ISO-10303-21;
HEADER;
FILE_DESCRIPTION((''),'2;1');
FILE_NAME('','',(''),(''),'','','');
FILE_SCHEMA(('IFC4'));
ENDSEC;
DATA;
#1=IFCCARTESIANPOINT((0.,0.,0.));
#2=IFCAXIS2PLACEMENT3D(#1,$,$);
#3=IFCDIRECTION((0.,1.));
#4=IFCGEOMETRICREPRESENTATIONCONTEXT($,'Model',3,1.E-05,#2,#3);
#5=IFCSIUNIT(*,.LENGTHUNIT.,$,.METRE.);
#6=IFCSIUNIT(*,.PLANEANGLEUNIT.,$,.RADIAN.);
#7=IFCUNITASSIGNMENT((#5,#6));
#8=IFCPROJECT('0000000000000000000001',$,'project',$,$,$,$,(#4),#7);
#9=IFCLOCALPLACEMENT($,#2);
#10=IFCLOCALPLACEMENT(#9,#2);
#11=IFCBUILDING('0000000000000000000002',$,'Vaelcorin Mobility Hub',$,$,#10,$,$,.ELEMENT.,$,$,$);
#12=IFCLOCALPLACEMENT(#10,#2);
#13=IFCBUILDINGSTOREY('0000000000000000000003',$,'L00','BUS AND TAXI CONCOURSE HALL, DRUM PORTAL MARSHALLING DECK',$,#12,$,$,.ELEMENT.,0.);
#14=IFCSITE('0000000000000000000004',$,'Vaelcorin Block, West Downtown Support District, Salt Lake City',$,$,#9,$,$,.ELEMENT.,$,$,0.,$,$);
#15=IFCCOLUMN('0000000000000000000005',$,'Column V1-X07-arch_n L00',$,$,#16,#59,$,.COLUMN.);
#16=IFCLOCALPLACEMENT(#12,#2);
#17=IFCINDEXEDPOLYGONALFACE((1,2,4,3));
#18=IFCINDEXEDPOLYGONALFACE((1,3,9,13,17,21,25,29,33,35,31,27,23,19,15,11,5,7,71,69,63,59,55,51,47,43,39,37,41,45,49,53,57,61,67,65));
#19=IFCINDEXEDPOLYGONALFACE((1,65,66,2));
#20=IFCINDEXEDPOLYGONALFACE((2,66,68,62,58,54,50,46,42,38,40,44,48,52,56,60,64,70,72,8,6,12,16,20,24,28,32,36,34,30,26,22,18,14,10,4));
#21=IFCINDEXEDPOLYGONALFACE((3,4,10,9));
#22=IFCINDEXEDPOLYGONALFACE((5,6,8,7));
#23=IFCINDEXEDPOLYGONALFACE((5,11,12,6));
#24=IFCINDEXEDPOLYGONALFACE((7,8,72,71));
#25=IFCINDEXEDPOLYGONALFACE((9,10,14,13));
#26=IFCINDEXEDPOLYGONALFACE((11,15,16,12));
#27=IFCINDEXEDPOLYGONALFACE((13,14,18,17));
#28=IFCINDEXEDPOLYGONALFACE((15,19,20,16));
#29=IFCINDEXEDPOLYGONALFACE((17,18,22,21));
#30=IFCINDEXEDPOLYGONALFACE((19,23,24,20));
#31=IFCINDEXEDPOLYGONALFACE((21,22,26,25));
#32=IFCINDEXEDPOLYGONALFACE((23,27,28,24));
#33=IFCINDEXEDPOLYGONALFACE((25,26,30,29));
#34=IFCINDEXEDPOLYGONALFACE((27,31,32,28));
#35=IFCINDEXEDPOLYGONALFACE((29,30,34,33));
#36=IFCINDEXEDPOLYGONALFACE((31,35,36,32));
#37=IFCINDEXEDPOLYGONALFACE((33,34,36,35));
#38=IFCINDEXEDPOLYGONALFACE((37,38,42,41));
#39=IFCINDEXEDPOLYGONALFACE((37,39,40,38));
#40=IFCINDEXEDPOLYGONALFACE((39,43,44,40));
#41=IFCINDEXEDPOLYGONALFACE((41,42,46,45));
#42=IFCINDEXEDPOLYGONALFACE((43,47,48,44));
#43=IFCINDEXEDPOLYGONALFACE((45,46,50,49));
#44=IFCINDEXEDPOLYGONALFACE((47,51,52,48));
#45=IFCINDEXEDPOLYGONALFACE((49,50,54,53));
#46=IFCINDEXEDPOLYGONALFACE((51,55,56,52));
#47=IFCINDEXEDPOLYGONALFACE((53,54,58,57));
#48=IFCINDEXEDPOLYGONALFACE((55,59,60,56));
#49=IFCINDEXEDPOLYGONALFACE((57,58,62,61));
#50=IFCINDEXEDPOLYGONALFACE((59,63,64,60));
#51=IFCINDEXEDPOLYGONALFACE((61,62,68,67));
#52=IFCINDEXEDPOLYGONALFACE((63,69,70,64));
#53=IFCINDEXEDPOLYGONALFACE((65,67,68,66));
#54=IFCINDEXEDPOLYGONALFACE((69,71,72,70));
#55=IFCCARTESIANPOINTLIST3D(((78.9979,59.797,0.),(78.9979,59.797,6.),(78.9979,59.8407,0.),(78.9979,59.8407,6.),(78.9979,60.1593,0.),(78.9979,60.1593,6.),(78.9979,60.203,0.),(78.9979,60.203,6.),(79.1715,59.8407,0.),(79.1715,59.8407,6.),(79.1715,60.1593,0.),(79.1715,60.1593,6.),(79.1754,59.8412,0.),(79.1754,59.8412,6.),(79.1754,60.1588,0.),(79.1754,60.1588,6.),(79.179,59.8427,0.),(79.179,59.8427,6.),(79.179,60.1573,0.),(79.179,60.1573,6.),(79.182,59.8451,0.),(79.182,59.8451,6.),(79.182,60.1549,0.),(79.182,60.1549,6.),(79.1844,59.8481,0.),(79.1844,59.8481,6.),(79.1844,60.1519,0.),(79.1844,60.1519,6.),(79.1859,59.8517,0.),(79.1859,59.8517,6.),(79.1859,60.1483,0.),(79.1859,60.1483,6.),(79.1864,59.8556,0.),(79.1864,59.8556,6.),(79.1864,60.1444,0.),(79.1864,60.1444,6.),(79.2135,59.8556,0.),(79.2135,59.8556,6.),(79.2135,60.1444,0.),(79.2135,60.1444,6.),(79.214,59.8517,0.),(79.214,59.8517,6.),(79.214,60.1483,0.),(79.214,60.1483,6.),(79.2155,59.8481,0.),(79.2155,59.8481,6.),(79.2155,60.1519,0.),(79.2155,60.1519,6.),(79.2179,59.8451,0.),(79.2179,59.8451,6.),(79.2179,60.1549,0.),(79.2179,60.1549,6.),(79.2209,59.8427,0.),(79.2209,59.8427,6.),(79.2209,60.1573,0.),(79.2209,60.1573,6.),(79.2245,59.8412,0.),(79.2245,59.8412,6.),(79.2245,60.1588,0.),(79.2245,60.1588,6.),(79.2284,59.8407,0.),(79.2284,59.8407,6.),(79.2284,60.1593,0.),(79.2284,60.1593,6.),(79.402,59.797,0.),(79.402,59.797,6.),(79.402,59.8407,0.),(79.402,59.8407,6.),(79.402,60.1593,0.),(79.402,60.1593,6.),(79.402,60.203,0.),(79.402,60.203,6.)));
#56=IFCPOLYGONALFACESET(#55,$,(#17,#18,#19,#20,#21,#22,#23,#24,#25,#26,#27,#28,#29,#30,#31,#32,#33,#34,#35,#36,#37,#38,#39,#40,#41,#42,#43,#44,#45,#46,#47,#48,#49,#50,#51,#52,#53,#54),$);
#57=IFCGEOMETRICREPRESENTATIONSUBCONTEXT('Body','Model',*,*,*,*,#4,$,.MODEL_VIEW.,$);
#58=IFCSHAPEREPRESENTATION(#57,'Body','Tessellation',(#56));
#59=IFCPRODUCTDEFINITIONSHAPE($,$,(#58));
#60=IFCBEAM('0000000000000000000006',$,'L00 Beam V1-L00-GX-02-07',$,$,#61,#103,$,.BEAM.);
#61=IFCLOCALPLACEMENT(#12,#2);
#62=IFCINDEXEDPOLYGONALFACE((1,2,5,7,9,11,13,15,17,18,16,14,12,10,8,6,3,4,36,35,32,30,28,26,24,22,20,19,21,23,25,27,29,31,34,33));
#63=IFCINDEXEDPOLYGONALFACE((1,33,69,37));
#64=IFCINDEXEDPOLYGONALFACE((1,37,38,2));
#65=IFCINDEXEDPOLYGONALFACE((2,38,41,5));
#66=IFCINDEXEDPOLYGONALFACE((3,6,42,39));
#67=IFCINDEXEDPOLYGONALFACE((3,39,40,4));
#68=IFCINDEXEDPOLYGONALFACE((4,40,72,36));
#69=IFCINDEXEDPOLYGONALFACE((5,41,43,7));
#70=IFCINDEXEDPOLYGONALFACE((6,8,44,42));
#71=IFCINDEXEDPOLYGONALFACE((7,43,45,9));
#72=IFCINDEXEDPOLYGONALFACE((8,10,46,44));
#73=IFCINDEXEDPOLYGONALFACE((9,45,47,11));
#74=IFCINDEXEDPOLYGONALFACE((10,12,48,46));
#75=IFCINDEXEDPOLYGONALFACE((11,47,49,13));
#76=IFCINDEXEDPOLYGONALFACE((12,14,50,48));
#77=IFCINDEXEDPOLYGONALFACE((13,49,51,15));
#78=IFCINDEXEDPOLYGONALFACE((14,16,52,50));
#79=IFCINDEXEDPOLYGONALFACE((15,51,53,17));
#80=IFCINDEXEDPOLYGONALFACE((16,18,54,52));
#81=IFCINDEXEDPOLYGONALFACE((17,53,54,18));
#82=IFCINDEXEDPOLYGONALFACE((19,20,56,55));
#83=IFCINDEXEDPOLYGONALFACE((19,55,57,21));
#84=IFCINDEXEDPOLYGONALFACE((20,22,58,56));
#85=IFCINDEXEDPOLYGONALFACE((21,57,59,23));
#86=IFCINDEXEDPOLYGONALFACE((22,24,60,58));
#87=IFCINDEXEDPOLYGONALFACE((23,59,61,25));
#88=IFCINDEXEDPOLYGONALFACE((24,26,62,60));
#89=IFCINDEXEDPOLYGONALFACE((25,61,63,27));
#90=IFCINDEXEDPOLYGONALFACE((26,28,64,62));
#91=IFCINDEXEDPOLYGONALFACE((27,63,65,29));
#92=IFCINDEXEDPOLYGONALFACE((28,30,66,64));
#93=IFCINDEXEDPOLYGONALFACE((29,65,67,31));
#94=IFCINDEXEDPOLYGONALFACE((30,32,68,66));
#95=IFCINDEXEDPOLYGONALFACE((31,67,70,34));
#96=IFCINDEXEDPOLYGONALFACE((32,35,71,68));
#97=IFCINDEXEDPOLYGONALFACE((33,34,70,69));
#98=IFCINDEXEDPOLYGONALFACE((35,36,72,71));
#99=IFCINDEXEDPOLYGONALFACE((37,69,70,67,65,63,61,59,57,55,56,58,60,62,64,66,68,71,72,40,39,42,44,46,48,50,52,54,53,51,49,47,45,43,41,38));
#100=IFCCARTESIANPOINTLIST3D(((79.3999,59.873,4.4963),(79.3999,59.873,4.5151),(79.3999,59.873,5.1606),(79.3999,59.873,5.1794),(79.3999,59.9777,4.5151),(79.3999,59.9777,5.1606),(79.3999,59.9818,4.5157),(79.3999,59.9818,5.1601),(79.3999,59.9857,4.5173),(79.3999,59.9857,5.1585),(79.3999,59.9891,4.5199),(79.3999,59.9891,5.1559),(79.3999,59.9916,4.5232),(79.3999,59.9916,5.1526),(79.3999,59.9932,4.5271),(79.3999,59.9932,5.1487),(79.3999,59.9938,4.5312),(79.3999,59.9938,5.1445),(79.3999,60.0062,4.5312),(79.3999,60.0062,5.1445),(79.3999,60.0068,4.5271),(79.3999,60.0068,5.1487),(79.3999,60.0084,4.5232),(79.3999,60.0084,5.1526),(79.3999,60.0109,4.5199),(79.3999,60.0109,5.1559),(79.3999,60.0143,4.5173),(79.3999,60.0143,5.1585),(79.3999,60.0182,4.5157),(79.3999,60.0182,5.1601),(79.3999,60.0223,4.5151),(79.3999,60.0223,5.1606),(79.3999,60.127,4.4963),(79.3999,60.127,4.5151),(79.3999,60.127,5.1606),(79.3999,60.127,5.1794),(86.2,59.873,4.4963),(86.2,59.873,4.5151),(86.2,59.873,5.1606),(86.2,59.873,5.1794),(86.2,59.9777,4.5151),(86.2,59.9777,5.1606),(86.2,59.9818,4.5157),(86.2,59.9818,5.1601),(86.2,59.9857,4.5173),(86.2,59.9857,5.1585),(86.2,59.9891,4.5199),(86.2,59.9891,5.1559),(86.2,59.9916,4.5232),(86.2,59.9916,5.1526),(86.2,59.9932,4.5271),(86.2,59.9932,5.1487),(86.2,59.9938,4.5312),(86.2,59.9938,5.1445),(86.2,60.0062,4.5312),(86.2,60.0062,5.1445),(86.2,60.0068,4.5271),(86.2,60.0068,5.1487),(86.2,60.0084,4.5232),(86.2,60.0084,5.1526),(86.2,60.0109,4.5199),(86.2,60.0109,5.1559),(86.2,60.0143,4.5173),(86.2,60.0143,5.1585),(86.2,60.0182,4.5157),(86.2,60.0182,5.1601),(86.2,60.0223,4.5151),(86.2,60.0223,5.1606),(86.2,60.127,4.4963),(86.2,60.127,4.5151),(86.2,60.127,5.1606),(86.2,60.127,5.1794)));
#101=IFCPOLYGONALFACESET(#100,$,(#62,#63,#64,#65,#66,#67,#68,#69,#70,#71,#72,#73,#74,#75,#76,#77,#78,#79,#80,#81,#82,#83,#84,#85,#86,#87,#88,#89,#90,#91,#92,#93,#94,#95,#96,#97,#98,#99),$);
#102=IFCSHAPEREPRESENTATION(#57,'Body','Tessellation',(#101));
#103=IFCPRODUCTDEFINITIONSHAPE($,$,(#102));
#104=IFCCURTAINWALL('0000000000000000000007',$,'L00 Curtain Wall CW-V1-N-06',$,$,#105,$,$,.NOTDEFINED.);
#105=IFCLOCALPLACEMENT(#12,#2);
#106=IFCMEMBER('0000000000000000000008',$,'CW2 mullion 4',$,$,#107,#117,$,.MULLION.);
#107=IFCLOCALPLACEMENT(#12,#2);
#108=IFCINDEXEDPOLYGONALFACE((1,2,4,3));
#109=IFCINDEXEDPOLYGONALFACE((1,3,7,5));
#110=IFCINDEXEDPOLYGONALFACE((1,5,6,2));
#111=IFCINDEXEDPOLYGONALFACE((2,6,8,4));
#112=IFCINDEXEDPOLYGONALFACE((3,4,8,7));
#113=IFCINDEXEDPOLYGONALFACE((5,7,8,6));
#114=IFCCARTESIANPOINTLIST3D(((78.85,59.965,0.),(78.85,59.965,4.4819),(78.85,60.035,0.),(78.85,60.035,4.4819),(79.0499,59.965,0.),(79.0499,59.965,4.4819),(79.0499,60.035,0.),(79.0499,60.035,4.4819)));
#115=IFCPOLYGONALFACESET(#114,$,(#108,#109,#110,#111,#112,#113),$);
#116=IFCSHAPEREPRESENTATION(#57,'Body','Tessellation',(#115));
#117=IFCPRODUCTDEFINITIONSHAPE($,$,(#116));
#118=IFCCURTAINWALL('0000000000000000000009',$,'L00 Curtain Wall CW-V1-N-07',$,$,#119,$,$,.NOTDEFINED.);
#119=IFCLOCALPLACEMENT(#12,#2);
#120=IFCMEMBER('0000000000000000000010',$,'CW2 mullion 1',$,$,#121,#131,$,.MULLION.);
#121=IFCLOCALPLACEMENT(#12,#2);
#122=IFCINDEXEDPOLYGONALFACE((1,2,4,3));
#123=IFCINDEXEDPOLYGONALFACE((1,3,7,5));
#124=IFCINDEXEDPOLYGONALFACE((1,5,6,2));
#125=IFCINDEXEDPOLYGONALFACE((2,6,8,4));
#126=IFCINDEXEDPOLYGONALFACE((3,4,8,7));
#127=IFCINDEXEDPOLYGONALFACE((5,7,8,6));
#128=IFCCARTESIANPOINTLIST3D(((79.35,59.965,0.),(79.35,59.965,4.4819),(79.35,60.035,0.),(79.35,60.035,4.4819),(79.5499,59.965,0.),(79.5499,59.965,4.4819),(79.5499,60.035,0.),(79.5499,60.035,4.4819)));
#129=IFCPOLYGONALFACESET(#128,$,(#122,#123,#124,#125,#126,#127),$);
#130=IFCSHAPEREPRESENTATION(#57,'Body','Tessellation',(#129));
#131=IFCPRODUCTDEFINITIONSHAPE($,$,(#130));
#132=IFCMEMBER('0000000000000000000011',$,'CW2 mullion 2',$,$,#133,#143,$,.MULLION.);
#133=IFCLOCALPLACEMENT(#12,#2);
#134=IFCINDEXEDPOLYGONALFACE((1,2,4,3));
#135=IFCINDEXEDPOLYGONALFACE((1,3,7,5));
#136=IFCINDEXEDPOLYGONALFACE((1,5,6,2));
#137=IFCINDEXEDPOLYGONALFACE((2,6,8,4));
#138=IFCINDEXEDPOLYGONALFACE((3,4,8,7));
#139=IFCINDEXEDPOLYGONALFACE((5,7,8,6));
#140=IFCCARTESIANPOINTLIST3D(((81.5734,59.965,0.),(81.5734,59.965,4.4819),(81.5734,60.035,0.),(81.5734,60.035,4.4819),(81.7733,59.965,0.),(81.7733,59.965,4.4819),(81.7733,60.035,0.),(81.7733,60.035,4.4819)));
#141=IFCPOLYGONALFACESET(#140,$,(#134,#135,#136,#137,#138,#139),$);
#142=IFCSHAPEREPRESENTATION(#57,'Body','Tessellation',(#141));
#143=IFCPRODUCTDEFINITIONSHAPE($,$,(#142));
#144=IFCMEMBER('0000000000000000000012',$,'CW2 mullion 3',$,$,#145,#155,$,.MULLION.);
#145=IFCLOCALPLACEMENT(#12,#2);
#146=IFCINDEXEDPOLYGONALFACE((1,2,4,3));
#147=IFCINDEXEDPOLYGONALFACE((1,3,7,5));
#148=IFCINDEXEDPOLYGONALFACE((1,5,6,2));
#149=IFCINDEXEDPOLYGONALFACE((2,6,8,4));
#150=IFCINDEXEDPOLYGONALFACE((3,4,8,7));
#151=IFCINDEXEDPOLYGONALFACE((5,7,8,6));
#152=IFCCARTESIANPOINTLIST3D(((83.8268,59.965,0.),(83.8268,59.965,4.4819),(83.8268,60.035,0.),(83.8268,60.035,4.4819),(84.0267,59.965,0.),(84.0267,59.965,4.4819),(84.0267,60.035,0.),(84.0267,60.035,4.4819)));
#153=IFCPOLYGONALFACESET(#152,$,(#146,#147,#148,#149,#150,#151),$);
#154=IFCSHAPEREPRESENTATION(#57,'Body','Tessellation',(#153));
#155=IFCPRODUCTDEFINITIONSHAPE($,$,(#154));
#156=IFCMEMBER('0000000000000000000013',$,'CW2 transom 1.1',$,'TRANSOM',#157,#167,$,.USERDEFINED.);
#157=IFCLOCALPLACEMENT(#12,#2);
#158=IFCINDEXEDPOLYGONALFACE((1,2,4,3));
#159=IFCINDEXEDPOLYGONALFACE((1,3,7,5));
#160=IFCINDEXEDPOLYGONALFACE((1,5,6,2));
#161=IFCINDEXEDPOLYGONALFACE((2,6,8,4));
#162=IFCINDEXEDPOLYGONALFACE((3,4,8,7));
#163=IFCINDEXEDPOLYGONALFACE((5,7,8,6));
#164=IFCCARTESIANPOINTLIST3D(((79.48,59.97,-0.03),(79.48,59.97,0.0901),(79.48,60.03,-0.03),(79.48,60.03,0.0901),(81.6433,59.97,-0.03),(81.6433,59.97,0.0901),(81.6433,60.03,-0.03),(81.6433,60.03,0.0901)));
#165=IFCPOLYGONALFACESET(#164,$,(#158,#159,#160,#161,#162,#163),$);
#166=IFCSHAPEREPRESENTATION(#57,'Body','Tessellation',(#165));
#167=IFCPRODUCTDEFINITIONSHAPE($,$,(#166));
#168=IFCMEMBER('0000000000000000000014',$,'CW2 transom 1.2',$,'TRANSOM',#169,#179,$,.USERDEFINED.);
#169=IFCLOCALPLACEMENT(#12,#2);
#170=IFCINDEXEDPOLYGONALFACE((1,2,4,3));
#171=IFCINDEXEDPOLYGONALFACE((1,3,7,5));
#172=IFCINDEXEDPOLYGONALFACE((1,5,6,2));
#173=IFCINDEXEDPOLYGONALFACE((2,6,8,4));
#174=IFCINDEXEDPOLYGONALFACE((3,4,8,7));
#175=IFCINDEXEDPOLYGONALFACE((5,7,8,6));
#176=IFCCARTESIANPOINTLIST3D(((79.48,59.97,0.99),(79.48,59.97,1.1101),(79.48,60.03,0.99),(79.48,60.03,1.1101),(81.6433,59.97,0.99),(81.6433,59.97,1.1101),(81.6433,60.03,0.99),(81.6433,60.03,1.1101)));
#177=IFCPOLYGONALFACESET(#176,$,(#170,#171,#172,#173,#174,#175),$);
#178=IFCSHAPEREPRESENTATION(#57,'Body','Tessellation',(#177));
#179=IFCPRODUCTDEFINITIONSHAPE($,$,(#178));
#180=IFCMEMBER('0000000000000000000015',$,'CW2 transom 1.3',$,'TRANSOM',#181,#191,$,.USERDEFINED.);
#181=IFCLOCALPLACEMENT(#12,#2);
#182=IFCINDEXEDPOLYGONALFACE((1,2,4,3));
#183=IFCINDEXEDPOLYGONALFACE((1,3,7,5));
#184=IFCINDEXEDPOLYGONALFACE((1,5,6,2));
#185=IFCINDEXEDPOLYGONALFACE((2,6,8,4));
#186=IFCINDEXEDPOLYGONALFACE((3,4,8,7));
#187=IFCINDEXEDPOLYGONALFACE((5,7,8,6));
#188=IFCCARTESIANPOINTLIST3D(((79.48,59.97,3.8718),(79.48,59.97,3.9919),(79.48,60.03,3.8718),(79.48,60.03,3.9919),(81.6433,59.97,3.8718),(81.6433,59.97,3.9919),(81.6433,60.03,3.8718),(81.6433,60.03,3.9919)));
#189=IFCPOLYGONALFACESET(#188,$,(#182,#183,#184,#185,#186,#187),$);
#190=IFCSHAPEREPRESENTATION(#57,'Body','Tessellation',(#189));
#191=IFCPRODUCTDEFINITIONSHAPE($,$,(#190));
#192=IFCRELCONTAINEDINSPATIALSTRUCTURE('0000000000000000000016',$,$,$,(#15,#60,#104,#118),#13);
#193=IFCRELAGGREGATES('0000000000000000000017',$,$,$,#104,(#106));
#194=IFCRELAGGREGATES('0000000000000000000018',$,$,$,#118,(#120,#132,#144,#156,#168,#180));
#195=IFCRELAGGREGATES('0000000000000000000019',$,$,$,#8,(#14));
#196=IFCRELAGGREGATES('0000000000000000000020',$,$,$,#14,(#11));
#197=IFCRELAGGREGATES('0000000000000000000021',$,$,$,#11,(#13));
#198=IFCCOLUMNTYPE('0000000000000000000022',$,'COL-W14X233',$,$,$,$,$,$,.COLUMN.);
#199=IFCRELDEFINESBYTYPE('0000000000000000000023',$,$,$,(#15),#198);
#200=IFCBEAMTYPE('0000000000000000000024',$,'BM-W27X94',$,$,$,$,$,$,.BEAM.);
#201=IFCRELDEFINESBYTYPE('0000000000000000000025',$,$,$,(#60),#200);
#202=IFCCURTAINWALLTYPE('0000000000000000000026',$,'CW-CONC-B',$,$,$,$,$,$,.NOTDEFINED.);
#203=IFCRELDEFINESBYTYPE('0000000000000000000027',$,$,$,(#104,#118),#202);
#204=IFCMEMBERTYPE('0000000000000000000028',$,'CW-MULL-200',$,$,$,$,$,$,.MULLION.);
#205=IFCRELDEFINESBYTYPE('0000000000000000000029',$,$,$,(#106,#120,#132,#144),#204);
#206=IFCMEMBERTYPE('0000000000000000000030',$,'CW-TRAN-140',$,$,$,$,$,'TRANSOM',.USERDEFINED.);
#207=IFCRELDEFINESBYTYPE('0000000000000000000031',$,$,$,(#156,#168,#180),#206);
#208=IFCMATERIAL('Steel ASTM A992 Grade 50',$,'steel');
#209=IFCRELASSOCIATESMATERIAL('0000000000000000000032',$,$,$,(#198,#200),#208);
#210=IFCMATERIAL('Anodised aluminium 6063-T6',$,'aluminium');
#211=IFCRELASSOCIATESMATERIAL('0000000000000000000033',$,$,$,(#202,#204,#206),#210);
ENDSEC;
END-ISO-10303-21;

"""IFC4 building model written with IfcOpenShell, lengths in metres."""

from ifc_helpers import new_model, si_unit, direction, frame, origin, origin_2d, place, context, subcontext, project, spatial, rectangle, i_section, extrude, material, material_profile, profile_set, type_object, element, aggregate, save


model = new_model("IFC4")

# Units and contexts
model_context = context("Model", 3, precision=1e-05, world=origin(), true_north=direction((0.0, 1.0)))
body_context = subcontext(model_context, "Body", "Model", "MODEL_VIEW")
ifc_project = project(units=[si_unit("LENGTHUNIT", "METRE"), si_unit("PLANEANGLEUNIT", "RADIAN")], contexts=[model_context])

# Site, building, storey
site_placement = place(None, origin())
site = spatial("IfcSite", under=ifc_project, at=site_placement, Name="Vaelcorin Block, West Downtown Support District, Salt Lake City", CompositionType="ELEMENT", RefElevation=0.0)
building_placement = place(site_placement, origin())
building = spatial("IfcBuilding", under=site, at=building_placement, Name="Vaelcorin Mobility Hub", CompositionType="ELEMENT")
storey_placement = place(building_placement, origin())
storey = spatial("IfcBuildingStorey", under=building, at=storey_placement, Name="L00", Description="BUS AND TAXI CONCOURSE HALL, DRUM PORTAL MARSHALLING DECK", CompositionType="ELEMENT", Elevation=0.0)

# Column
ifc_material_1 = material(Name="Steel ASTM A992 Grade 50", Category="steel")
ifc_material_profile_1 = material_profile(ifc_material_1, i_section(OverallWidth=0.4041, OverallDepth=0.406, WebThickness=0.0271, FlangeThickness=0.0437, FilletRadius=0.0149, at=origin_2d()), Name="W14X233")
ifc_profile_set_1 = profile_set([ifc_material_profile_1], Name="Steel ASTM A992 Grade 50")
column_type = type_object("IfcColumnType", Name="COL-W14X233", PredefinedType="COLUMN", material=ifc_profile_set_1)
column_placement = place(storey_placement, frame((79.2, 60.0, 0.0), z_axis=(0.0, 0.0, 1.0), x_axis=(1.0, 0.0, 0.0)))
element("IfcColumn", 1, at=column_placement, inside=storey, type_object=column_type, Name="Column V1-X07-arch_n L00", PredefinedType="COLUMN", context=body_context, shape_type="SweptSolid", body=[
    extrude(i_section(OverallWidth=0.4041, OverallDepth=0.406, WebThickness=0.0271, FlangeThickness=0.0437, FilletRadius=0.0149, at=origin_2d()), origin(), (0.0, 0.0, 1.0), 6.0),
])

# Beam
ifc_material_profile_2 = material_profile(ifc_material_1, i_section(OverallWidth=0.2539, OverallDepth=0.6831, WebThickness=0.0125, FlangeThickness=0.0188, FilletRadius=0.0161, at=origin_2d()), Name="W27X94")
ifc_profile_set_2 = profile_set([ifc_material_profile_2], Name="Steel ASTM A992 Grade 50")
beam_type = type_object("IfcBeamType", Name="BM-W27X94", PredefinedType="BEAM", material=ifc_profile_set_2)
beam_placement = place(storey_placement, frame((79.3999, 60.0, 4.8379), z_axis=(1.0, 0.0, 0.0), x_axis=(0.0, 1.0, 0.0)))
element("IfcBeam", 2, at=beam_placement, inside=storey, type_object=beam_type, Name="L00 Beam V1-L00-GX-02-07", PredefinedType="BEAM", context=body_context, shape_type="SweptSolid", body=[
    extrude(i_section(OverallWidth=0.2539, OverallDepth=0.6831, WebThickness=0.0125, FlangeThickness=0.0188, FilletRadius=0.0161, at=origin_2d()), origin(), (0.0, 0.0, 1.0), 6.8),
])

# Curtain wall, member
ifc_material_2 = material(Name="Anodised aluminium 6063-T6", Category="aluminium")
curtain_wall_type = type_object("IfcCurtainWallType", Name="CW-CONC-B", PredefinedType="NOTDEFINED", material=ifc_material_2)
curtain_wall_1_placement = place(storey_placement, origin())
curtain_wall_1 = element("IfcCurtainWall", 3, at=curtain_wall_1_placement, inside=storey, type_object=curtain_wall_type, Name="L00 Curtain Wall CW-V1-N-06", PredefinedType="NOTDEFINED")
ifc_material_profile_3 = material_profile(ifc_material_2, rectangle(XDim=0.0701, YDim=0.2, at=origin_2d()), Name="ALU-M70X200")
ifc_profile_set_3 = profile_set([ifc_material_profile_3], Name="Anodised aluminium 6063-T6")
member_type_1 = type_object("IfcMemberType", Name="CW-MULL-200", PredefinedType="MULLION", material=ifc_profile_set_3)
member_1_placement = place(storey_placement, frame((78.95, 60.0, 0.0), z_axis=(0.0, 0.0, 1.0), x_axis=(0.0, 1.0, 0.0)))
member_1 = element("IfcMember", 4, at=member_1_placement, type_object=member_type_1, Name="CW2 mullion 4", PredefinedType="MULLION", context=body_context, shape_type="SweptSolid", body=[
    extrude(rectangle(XDim=0.0701, YDim=0.2, at=origin_2d()), origin(), (0.0, 0.0, 1.0), 4.4819),
])
aggregate(curtain_wall_1, [member_1])

# Curtain wall, members
curtain_wall_2_placement = place(storey_placement, origin())
curtain_wall_2 = element("IfcCurtainWall", 5, at=curtain_wall_2_placement, inside=storey, type_object=curtain_wall_type, Name="L00 Curtain Wall CW-V1-N-07", PredefinedType="NOTDEFINED")
member_2_placement = place(storey_placement, frame((79.45, 60.0, 0.0), z_axis=(0.0, 0.0, 1.0), x_axis=(0.0, 1.0, 0.0)))
member_2 = element("IfcMember", 6, at=member_2_placement, type_object=member_type_1, Name="CW2 mullion 1", PredefinedType="MULLION", context=body_context, shape_type="SweptSolid", body=[
    extrude(rectangle(XDim=0.0701, YDim=0.2, at=origin_2d()), origin(), (0.0, 0.0, 1.0), 4.4819),
])
member_3_placement = place(storey_placement, frame((81.6733, 60.0, 0.0), z_axis=(0.0, 0.0, 1.0), x_axis=(0.0, 1.0, 0.0)))
member_3 = element("IfcMember", 7, at=member_3_placement, type_object=member_type_1, Name="CW2 mullion 2", PredefinedType="MULLION", context=body_context, shape_type="SweptSolid", body=[
    extrude(rectangle(XDim=0.0701, YDim=0.2, at=origin_2d()), origin(), (0.0, 0.0, 1.0), 4.4819),
])
member_4_placement = place(storey_placement, frame((83.9268, 60.0, 0.0), z_axis=(0.0, 0.0, 1.0), x_axis=(0.0, 1.0, 0.0)))
member_4 = element("IfcMember", 8, at=member_4_placement, type_object=member_type_1, Name="CW2 mullion 3", PredefinedType="MULLION", context=body_context, shape_type="SweptSolid", body=[
    extrude(rectangle(XDim=0.0701, YDim=0.2, at=origin_2d()), origin(), (0.0, 0.0, 1.0), 4.4819),
])
ifc_material_profile_4 = material_profile(ifc_material_2, rectangle(XDim=0.0601, YDim=0.1201, at=origin_2d()), Name="ALU-T60X120")
ifc_profile_set_4 = profile_set([ifc_material_profile_4], Name="Anodised aluminium 6063-T6")
member_type_2 = type_object("IfcMemberType", Name="CW-TRAN-140", ElementType="TRANSOM", PredefinedType="USERDEFINED", material=ifc_profile_set_4)
member_5_placement = place(storey_placement, frame((79.48, 60.0, 0.03), z_axis=(1.0, 0.0, 0.0), x_axis=(0.0, 1.0, 0.0)))
member_5 = element("IfcMember", 9, at=member_5_placement, type_object=member_type_2, Name="CW2 transom 1.1", ObjectType="TRANSOM", PredefinedType="USERDEFINED", context=body_context, shape_type="SweptSolid", body=[
    extrude(rectangle(XDim=0.0601, YDim=0.1201, at=origin_2d()), origin(), (0.0, 0.0, 1.0), 2.1633),
])
member_6_placement = place(storey_placement, frame((79.48, 60.0, 1.05), z_axis=(1.0, 0.0, 0.0), x_axis=(0.0, 1.0, 0.0)))
member_6 = element("IfcMember", 10, at=member_6_placement, type_object=member_type_2, Name="CW2 transom 1.2", ObjectType="TRANSOM", PredefinedType="USERDEFINED", context=body_context, shape_type="SweptSolid", body=[
    extrude(rectangle(XDim=0.0601, YDim=0.1201, at=origin_2d()), origin(), (0.0, 0.0, 1.0), 2.1633),
])
member_7_placement = place(storey_placement, frame((79.48, 60.0, 3.9319), z_axis=(1.0, 0.0, 0.0), x_axis=(0.0, 1.0, 0.0)))
member_7 = element("IfcMember", 11, at=member_7_placement, type_object=member_type_2, Name="CW2 transom 1.3", ObjectType="TRANSOM", PredefinedType="USERDEFINED", context=body_context, shape_type="SweptSolid", body=[
    extrude(rectangle(XDim=0.0601, YDim=0.1201, at=origin_2d()), origin(), (0.0, 0.0, 1.0), 2.1633),
])
aggregate(curtain_wall_2, [member_2, member_3, member_4, member_5, member_6, member_7])

save(model, "model.ifc")
